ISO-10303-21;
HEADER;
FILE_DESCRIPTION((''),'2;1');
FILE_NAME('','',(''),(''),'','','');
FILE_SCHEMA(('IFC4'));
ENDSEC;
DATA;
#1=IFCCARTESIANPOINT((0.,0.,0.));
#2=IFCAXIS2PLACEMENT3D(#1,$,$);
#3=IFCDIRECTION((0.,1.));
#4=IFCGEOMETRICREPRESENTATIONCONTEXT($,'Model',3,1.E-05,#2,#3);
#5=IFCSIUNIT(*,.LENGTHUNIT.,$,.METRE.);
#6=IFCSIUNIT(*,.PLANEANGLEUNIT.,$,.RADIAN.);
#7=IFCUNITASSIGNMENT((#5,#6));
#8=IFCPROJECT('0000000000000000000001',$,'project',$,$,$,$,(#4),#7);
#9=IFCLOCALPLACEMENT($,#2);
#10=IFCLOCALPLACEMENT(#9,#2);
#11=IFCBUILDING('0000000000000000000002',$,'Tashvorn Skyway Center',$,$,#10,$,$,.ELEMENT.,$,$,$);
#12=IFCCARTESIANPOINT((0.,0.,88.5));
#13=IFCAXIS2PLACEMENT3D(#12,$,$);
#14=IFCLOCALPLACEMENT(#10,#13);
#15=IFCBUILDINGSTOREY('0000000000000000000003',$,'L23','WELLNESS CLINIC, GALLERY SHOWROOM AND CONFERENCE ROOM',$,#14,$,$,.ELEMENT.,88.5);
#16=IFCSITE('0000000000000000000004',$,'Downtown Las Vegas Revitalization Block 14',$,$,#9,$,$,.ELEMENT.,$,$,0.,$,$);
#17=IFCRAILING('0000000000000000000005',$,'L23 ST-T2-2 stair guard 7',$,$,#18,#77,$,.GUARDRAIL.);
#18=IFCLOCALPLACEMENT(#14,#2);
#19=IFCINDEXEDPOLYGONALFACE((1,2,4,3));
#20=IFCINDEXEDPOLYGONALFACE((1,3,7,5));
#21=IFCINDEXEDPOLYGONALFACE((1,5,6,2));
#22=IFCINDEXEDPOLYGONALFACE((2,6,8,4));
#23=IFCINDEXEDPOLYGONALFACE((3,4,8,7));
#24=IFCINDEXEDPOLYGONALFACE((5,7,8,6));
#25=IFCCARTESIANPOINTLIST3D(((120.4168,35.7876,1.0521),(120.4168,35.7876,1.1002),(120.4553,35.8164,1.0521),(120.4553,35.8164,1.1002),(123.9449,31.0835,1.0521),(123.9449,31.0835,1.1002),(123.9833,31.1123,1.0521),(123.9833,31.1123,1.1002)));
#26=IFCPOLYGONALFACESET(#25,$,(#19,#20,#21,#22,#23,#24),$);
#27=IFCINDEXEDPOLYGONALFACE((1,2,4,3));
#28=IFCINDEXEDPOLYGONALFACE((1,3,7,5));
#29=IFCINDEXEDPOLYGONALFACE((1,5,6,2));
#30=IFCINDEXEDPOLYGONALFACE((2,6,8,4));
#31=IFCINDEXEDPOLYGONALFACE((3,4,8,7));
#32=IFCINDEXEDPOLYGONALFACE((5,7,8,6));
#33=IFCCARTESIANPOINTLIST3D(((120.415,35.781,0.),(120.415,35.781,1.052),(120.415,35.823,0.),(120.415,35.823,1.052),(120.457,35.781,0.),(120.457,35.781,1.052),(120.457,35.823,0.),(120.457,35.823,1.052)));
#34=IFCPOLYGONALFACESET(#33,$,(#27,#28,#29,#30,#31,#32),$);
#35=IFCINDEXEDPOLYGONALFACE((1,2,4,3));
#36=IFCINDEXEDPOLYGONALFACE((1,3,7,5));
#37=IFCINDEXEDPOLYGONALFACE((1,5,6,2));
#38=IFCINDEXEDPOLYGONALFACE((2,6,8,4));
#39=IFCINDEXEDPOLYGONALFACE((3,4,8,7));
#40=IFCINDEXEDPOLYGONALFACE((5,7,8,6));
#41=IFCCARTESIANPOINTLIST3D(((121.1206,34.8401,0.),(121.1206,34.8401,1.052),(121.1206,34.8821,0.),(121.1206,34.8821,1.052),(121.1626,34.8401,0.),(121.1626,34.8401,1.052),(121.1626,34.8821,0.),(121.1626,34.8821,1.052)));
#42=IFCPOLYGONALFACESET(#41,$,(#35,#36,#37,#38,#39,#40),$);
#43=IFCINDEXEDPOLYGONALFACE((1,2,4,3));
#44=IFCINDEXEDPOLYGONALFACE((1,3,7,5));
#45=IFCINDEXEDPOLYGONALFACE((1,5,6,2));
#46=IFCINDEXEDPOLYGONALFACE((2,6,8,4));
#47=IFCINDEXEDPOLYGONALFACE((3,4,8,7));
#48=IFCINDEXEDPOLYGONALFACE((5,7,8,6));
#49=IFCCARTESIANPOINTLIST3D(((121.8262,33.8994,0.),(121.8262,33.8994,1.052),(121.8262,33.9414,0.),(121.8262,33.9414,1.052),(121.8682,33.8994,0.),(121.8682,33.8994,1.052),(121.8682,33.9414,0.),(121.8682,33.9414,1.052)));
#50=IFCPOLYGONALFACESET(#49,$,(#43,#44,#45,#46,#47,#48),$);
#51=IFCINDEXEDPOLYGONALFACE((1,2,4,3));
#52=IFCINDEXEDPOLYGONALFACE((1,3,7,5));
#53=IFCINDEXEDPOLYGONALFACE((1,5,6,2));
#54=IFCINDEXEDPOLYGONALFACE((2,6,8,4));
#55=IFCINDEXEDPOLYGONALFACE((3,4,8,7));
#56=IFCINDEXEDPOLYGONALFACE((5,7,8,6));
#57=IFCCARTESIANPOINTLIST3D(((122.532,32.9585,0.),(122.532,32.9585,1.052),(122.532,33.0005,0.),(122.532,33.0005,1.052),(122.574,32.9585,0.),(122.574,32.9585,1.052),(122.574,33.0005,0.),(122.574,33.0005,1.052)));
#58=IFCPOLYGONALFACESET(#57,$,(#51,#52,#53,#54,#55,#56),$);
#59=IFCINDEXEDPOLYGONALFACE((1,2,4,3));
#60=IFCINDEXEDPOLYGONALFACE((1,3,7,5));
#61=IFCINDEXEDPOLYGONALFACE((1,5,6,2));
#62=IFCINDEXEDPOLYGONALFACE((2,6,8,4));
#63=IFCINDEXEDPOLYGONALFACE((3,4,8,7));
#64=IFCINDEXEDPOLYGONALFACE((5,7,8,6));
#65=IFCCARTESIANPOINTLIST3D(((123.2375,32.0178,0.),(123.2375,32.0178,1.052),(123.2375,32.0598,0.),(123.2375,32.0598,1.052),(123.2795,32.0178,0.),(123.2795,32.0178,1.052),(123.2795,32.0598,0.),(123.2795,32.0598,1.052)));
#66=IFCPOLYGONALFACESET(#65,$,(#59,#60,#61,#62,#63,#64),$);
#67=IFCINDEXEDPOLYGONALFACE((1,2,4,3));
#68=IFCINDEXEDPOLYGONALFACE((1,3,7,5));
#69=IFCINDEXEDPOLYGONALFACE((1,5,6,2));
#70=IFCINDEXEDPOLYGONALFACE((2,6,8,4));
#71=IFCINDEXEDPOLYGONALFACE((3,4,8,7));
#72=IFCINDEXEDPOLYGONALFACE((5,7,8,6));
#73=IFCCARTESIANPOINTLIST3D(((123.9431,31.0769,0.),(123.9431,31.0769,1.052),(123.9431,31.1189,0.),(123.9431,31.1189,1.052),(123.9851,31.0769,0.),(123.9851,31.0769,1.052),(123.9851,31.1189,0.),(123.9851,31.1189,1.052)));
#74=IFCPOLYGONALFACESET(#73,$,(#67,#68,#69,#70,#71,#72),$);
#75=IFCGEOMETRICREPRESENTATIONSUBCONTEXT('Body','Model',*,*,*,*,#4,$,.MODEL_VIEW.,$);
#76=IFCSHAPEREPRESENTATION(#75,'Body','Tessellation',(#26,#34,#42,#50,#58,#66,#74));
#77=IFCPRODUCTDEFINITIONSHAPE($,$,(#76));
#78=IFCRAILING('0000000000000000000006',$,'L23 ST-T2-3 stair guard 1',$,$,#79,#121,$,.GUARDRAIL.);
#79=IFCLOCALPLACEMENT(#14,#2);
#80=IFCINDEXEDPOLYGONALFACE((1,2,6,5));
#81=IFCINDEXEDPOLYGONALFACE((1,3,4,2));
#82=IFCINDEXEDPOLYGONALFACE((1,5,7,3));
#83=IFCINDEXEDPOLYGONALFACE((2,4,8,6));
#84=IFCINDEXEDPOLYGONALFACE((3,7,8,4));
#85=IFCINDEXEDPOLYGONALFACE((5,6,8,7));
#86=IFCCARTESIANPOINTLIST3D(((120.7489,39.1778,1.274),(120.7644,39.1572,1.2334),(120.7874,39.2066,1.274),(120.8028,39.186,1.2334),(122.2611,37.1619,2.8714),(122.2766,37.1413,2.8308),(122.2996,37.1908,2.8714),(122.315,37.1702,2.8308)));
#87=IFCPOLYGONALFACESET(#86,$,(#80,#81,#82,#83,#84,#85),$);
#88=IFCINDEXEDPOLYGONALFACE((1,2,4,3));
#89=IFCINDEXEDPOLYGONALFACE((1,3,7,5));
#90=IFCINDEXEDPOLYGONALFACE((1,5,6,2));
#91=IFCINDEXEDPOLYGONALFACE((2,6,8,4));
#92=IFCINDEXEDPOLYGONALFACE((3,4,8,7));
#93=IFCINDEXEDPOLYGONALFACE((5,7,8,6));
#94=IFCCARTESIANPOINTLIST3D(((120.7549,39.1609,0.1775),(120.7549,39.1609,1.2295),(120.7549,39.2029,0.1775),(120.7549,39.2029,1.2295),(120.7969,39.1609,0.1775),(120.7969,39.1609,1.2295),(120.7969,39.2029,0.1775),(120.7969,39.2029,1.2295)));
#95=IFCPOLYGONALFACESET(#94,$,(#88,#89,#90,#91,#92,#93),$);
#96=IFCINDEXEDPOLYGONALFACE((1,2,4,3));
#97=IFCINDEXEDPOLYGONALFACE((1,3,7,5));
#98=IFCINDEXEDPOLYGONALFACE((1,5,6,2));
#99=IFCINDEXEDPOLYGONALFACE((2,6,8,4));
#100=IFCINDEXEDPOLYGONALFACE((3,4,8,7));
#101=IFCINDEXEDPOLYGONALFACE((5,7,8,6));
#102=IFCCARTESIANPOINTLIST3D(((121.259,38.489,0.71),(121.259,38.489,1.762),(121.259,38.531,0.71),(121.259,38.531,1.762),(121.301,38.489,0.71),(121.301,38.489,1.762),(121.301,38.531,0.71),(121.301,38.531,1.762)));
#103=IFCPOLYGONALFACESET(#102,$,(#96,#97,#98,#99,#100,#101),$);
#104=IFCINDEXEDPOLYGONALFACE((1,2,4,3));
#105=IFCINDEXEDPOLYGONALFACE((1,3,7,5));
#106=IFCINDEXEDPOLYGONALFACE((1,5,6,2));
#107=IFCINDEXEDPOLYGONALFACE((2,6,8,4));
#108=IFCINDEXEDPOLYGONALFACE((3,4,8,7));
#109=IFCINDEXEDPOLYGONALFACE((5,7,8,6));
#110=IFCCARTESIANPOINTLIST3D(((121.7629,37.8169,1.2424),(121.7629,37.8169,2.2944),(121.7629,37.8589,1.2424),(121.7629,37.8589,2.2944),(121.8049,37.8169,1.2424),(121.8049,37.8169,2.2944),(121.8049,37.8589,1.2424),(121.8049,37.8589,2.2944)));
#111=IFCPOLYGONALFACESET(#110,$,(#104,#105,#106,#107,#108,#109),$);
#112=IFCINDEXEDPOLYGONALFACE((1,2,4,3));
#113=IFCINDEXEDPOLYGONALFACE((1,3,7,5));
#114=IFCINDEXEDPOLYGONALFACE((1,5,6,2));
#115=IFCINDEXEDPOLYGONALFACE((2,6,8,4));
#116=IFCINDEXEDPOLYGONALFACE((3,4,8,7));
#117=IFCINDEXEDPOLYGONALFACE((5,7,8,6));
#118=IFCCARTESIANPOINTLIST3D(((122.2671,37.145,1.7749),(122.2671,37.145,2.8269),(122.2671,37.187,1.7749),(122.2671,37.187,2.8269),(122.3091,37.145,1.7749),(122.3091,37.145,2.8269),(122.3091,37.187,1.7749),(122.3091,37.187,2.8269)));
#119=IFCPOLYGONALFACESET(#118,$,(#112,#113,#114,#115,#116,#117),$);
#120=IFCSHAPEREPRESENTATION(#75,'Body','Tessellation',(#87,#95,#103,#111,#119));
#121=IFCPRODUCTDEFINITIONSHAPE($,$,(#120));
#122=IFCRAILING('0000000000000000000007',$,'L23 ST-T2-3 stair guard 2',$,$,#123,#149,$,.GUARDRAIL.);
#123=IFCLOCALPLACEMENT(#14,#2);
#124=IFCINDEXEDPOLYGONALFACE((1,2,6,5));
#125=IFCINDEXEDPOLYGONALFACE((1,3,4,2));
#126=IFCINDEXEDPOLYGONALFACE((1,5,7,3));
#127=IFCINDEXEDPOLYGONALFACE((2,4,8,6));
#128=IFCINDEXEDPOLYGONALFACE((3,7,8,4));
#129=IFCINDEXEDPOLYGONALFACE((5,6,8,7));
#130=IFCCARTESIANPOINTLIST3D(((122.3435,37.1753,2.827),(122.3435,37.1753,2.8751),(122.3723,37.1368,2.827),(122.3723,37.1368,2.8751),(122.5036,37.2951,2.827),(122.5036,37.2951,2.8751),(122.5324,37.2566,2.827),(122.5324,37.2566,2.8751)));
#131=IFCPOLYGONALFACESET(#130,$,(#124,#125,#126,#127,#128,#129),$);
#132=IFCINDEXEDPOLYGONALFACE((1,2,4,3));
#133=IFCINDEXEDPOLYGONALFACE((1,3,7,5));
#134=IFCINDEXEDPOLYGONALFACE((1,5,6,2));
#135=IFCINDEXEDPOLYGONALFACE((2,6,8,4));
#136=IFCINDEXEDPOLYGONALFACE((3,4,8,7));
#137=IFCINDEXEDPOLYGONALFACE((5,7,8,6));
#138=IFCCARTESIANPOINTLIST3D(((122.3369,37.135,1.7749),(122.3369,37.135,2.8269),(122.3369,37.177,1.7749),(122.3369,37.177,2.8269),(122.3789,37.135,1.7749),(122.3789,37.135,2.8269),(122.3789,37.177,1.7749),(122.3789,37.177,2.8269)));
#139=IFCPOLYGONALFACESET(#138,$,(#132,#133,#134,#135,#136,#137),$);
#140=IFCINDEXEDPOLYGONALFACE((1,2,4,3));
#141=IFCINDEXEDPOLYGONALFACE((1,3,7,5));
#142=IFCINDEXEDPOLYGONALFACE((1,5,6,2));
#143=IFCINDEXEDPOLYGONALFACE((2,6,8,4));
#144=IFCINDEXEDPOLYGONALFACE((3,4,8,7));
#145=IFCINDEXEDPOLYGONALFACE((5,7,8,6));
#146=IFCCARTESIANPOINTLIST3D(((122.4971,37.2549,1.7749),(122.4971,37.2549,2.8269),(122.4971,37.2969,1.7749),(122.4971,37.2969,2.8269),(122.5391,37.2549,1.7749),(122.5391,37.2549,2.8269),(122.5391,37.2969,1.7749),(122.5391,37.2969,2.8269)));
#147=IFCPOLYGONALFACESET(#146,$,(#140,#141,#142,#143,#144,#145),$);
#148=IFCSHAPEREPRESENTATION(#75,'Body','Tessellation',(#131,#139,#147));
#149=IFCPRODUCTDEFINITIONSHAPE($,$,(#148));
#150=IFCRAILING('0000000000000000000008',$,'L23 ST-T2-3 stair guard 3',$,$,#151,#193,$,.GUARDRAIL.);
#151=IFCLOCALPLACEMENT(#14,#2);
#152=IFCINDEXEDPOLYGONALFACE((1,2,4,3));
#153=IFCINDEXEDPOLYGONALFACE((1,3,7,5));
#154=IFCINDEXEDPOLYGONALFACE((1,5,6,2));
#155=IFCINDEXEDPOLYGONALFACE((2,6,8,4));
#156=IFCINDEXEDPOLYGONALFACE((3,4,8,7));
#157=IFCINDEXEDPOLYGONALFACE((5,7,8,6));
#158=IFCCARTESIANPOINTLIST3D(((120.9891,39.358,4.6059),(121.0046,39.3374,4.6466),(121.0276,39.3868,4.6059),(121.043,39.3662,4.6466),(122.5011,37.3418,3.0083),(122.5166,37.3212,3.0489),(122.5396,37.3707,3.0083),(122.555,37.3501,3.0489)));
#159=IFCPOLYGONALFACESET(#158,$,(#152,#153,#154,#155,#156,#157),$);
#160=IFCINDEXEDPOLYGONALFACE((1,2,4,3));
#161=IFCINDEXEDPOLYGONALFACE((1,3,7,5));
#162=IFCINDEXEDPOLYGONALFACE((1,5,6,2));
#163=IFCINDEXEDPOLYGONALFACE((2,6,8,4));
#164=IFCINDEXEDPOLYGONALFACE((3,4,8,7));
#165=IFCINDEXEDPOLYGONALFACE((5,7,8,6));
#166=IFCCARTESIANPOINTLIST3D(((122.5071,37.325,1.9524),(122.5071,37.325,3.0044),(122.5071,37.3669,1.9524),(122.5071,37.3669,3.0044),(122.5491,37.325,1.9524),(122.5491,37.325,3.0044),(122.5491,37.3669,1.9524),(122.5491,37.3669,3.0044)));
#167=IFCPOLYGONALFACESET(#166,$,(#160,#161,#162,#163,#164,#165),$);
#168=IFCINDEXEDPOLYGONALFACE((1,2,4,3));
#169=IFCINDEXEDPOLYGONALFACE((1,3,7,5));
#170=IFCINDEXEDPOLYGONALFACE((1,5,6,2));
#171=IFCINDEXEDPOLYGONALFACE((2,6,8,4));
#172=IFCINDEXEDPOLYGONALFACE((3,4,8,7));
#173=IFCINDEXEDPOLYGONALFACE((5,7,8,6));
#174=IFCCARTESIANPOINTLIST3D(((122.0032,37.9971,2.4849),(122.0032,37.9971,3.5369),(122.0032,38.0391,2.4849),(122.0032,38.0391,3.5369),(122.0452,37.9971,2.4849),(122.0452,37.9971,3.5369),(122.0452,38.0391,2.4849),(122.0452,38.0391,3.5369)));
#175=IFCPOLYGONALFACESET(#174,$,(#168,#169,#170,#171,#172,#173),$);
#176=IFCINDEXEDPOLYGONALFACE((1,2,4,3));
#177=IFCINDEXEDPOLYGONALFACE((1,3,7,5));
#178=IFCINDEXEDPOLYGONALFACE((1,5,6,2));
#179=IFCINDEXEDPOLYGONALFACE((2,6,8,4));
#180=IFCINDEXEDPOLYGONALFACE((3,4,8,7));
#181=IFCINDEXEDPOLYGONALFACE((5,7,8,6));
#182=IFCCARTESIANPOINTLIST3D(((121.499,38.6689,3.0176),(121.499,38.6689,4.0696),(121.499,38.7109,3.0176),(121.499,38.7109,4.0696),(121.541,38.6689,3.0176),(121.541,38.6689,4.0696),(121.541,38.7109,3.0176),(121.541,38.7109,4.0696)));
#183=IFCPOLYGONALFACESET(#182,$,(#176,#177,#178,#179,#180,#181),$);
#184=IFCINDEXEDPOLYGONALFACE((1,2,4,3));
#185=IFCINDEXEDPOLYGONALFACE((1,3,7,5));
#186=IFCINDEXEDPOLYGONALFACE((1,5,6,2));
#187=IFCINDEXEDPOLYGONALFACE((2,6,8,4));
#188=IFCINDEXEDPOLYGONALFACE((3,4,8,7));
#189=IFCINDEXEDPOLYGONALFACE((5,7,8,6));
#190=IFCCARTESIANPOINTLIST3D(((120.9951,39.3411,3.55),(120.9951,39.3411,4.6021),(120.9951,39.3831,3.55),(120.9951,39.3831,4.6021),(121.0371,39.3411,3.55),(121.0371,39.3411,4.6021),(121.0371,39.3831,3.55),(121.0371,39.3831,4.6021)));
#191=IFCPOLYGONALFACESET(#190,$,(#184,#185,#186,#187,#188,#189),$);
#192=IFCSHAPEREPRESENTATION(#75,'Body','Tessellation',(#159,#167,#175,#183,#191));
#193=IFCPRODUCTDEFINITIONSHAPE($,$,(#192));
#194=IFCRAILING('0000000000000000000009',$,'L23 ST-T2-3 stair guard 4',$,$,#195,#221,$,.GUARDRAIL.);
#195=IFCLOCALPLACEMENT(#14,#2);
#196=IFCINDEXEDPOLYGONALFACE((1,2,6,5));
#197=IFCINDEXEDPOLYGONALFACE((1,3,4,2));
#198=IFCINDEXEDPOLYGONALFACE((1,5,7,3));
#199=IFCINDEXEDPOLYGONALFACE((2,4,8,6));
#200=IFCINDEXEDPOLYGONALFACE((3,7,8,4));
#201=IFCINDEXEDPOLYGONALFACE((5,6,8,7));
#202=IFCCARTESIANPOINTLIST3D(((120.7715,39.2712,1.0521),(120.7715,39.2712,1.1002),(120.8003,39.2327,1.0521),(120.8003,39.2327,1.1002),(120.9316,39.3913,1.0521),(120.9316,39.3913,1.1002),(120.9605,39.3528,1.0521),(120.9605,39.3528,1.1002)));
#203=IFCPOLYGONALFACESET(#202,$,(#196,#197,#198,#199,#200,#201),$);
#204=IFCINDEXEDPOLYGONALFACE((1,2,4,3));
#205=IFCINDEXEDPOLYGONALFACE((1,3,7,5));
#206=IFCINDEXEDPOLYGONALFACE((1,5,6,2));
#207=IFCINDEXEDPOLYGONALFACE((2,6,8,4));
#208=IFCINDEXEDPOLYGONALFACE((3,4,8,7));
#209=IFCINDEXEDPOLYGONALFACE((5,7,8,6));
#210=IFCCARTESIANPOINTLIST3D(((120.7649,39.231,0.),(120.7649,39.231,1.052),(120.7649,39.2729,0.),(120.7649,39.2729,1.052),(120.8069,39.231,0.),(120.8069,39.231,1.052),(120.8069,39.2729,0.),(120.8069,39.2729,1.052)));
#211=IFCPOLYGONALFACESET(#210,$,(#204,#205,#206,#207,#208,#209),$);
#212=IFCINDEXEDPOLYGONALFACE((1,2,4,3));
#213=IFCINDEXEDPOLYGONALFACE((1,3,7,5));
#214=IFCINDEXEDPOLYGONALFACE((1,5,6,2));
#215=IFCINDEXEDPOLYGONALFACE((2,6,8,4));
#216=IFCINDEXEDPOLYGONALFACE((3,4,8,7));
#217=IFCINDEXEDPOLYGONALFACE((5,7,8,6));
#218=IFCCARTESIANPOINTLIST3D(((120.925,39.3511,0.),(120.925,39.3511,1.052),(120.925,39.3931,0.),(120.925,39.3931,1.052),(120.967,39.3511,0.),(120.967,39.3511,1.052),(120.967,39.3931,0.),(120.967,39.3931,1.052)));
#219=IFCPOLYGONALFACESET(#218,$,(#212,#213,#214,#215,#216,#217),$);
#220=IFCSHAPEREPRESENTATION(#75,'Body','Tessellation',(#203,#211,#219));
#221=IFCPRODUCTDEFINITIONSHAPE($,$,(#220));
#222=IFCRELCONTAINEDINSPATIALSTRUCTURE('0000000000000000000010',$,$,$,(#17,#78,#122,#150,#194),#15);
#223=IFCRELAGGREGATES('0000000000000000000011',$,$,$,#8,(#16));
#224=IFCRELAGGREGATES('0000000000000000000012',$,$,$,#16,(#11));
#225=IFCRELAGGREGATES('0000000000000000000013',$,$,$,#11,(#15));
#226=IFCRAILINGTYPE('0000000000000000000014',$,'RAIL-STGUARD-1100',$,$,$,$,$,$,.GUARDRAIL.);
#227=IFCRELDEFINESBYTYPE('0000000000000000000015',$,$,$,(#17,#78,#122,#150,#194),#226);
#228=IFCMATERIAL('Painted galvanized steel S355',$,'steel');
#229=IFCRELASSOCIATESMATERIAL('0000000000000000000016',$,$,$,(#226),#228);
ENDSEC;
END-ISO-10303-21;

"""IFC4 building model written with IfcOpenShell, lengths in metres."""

from ifc_helpers import new_model, si_unit, direction, frame, origin, origin_2d, place, context, subcontext, project, spatial, rectangle, extrude, material, type_object, element, save


model = new_model("IFC4")

# Units and contexts
model_context = context("Model", 3, precision=1e-05, world=origin(), true_north=direction((0.0, 1.0)))
body_context = subcontext(model_context, "Body", "Model", "MODEL_VIEW")
ifc_project = project(units=[si_unit("LENGTHUNIT", "METRE"), si_unit("PLANEANGLEUNIT", "RADIAN")], contexts=[model_context])

# Site, building, storey
site_placement = place(None, origin())
site = spatial("IfcSite", under=ifc_project, at=site_placement, Name="Downtown Las Vegas Revitalization Block 14", CompositionType="ELEMENT", RefElevation=0.0)
building_placement = place(site_placement, origin())
building = spatial("IfcBuilding", under=site, at=building_placement, Name="Tashvorn Skyway Center", CompositionType="ELEMENT")
storey_placement = place(building_placement, frame((0.0, 0.0, 88.5)))
storey = spatial("IfcBuildingStorey", under=building, at=storey_placement, Name="L23", Description="WELLNESS CLINIC, GALLERY SHOWROOM AND CONFERENCE ROOM", CompositionType="ELEMENT", Elevation=88.5)

# Railings
ifc_material_1 = material(Name="Painted galvanized steel S355", Category="steel")
railing_type_1 = type_object("IfcRailingType", Name="RAIL-STGUARD-1100", PredefinedType="GUARDRAIL", material=ifc_material_1)
railing_1_placement = place(storey_placement, frame((120.436, 35.802, 0.0)))
element("IfcRailing", 1, at=railing_1_placement, inside=storey, type_object=railing_type_1, Name="L23 ST-T2-2 stair guard 7", PredefinedType="GUARDRAIL", context=body_context, shape_type="SweptSolid", body=[
    extrude(rectangle(XDim=0.0481, YDim=0.0481, at=origin_2d()), frame((0.0, 0.0, 1.0762), z_axis=(0.6, -0.8, 0.0), x_axis=(0.8, 0.6, 0.0)), (0.0, 0.0, 1.0), 5.8801),
    extrude(rectangle(XDim=0.042, YDim=0.042, at=origin_2d()), origin(), (0.0, 0.0, 1.0), 1.052),
    extrude(rectangle(XDim=0.042, YDim=0.042, at=origin_2d()), frame((0.7056, -0.9409, 0.0)), (0.0, 0.0, 1.0), 1.052),
    extrude(rectangle(XDim=0.042, YDim=0.042, at=origin_2d()), frame((1.4111, -1.8816, 0.0)), (0.0, 0.0, 1.0), 1.052),
    extrude(rectangle(XDim=0.042, YDim=0.042, at=origin_2d()), frame((2.1169, -2.8225, 0.0)), (0.0, 0.0, 1.0), 1.052),
    extrude(rectangle(XDim=0.042, YDim=0.042, at=origin_2d()), frame((2.8225, -3.7632, 0.0)), (0.0, 0.0, 1.0), 1.052),
    extrude(rectangle(XDim=0.042, YDim=0.042, at=origin_2d()), frame((3.5281, -4.7041, 0.0)), (0.0, 0.0, 1.0), 1.052),
])
railing_2_placement = place(storey_placement, frame((120.7759, 39.1819, 0.1775)))
element("IfcRailing", 2, at=railing_2_placement, inside=storey, type_object=railing_type_1, Name="L23 ST-T2-3 stair guard 1", PredefinedType="GUARDRAIL", context=body_context, shape_type="SweptSolid", body=[
    extrude(rectangle(XDim=0.0481, YDim=0.0481, at=origin_2d()), frame((0.0, 0.0, 1.0762), z_axis=(0.50683, -0.675636, 0.535387), x_axis=(0.799942, 0.600078, 0.0)), (0.0, 0.0, 1.0), 2.9836),
    extrude(rectangle(XDim=0.042, YDim=0.042, at=origin_2d()), origin(), (0.0, 0.0, 1.0), 1.052),
    extrude(rectangle(XDim=0.042, YDim=0.042, at=origin_2d()), frame((0.5042, -0.6719, 0.5325)), (0.0, 0.0, 1.0), 1.052),
    extrude(rectangle(XDim=0.042, YDim=0.042, at=origin_2d()), frame((1.0081, -1.344, 1.0649)), (0.0, 0.0, 1.0), 1.052),
    extrude(rectangle(XDim=0.042, YDim=0.042, at=origin_2d()), frame((1.5122, -2.0159, 1.5974)), (0.0, 0.0, 1.0), 1.052),
])
railing_3_placement = place(storey_placement, frame((122.3579, 37.156, 1.7749)))
element("IfcRailing", 3, at=railing_3_placement, inside=storey, type_object=railing_type_1, Name="L23 ST-T2-3 stair guard 2", PredefinedType="GUARDRAIL", context=body_context, shape_type="SweptSolid", body=[
    extrude(rectangle(XDim=0.0481, YDim=0.0481, at=origin_2d()), frame((0.0, 0.0, 1.0762), z_axis=(0.800585, 0.599219, 0.0), x_axis=(-0.599219, 0.800585, 0.0)), (0.0, 0.0, 1.0), 0.2),
    extrude(rectangle(XDim=0.042, YDim=0.042, at=origin_2d()), origin(), (0.0, 0.0, 1.0), 1.052),
    extrude(rectangle(XDim=0.042, YDim=0.042, at=origin_2d()), frame((0.1602, 0.1199, 0.0)), (0.0, 0.0, 1.0), 1.052),
])
railing_4_placement = place(storey_placement, frame((122.5281, 37.3459, 1.9524)))
element("IfcRailing", 4, at=railing_4_placement, inside=storey, type_object=railing_type_1, Name="L23 ST-T2-3 stair guard 3", PredefinedType="GUARDRAIL", context=body_context, shape_type="SweptSolid", body=[
    extrude(rectangle(XDim=0.0481, YDim=0.0481, at=origin_2d()), frame((0.0, 0.0, 1.0762), z_axis=(-0.506719, 0.675679, 0.535438), x_axis=(-0.800023, -0.599969, 0.0)), (0.0, 0.0, 1.0), 2.9839),
    extrude(rectangle(XDim=0.042, YDim=0.042, at=origin_2d()), origin(), (0.0, 0.0, 1.0), 1.052),
    extrude(rectangle(XDim=0.042, YDim=0.042, at=origin_2d()), frame((-0.5039, 0.6721, 0.5325)), (0.0, 0.0, 1.0), 1.052),
    extrude(rectangle(XDim=0.042, YDim=0.042, at=origin_2d()), frame((-1.0081, 1.344, 1.0652)), (0.0, 0.0, 1.0), 1.052),
    extrude(rectangle(XDim=0.042, YDim=0.042, at=origin_2d()), frame((-1.512, 2.0161, 1.5977)), (0.0, 0.0, 1.0), 1.052),
])
railing_5_placement = place(storey_placement, frame((120.7859, 39.252, 0.0)))
element("IfcRailing", 5, at=railing_5_placement, inside=storey, type_object=railing_type_1, Name="L23 ST-T2-3 stair guard 4", PredefinedType="GUARDRAIL", context=body_context, shape_type="SweptSolid", body=[
    extrude(rectangle(XDim=0.0481, YDim=0.0481, at=origin_2d()), frame((0.0, 0.0, 1.0762), z_axis=(0.8, 0.6, 0.0), x_axis=(-0.6, 0.8, 0.0)), (0.0, 0.0, 1.0), 0.2002),
    extrude(rectangle(XDim=0.042, YDim=0.042, at=origin_2d()), origin(), (0.0, 0.0, 1.0), 1.052),
    extrude(rectangle(XDim=0.042, YDim=0.042, at=origin_2d()), frame((0.1602, 0.1201, 0.0)), (0.0, 0.0, 1.0), 1.052),
])

save(model, "model.ifc")
